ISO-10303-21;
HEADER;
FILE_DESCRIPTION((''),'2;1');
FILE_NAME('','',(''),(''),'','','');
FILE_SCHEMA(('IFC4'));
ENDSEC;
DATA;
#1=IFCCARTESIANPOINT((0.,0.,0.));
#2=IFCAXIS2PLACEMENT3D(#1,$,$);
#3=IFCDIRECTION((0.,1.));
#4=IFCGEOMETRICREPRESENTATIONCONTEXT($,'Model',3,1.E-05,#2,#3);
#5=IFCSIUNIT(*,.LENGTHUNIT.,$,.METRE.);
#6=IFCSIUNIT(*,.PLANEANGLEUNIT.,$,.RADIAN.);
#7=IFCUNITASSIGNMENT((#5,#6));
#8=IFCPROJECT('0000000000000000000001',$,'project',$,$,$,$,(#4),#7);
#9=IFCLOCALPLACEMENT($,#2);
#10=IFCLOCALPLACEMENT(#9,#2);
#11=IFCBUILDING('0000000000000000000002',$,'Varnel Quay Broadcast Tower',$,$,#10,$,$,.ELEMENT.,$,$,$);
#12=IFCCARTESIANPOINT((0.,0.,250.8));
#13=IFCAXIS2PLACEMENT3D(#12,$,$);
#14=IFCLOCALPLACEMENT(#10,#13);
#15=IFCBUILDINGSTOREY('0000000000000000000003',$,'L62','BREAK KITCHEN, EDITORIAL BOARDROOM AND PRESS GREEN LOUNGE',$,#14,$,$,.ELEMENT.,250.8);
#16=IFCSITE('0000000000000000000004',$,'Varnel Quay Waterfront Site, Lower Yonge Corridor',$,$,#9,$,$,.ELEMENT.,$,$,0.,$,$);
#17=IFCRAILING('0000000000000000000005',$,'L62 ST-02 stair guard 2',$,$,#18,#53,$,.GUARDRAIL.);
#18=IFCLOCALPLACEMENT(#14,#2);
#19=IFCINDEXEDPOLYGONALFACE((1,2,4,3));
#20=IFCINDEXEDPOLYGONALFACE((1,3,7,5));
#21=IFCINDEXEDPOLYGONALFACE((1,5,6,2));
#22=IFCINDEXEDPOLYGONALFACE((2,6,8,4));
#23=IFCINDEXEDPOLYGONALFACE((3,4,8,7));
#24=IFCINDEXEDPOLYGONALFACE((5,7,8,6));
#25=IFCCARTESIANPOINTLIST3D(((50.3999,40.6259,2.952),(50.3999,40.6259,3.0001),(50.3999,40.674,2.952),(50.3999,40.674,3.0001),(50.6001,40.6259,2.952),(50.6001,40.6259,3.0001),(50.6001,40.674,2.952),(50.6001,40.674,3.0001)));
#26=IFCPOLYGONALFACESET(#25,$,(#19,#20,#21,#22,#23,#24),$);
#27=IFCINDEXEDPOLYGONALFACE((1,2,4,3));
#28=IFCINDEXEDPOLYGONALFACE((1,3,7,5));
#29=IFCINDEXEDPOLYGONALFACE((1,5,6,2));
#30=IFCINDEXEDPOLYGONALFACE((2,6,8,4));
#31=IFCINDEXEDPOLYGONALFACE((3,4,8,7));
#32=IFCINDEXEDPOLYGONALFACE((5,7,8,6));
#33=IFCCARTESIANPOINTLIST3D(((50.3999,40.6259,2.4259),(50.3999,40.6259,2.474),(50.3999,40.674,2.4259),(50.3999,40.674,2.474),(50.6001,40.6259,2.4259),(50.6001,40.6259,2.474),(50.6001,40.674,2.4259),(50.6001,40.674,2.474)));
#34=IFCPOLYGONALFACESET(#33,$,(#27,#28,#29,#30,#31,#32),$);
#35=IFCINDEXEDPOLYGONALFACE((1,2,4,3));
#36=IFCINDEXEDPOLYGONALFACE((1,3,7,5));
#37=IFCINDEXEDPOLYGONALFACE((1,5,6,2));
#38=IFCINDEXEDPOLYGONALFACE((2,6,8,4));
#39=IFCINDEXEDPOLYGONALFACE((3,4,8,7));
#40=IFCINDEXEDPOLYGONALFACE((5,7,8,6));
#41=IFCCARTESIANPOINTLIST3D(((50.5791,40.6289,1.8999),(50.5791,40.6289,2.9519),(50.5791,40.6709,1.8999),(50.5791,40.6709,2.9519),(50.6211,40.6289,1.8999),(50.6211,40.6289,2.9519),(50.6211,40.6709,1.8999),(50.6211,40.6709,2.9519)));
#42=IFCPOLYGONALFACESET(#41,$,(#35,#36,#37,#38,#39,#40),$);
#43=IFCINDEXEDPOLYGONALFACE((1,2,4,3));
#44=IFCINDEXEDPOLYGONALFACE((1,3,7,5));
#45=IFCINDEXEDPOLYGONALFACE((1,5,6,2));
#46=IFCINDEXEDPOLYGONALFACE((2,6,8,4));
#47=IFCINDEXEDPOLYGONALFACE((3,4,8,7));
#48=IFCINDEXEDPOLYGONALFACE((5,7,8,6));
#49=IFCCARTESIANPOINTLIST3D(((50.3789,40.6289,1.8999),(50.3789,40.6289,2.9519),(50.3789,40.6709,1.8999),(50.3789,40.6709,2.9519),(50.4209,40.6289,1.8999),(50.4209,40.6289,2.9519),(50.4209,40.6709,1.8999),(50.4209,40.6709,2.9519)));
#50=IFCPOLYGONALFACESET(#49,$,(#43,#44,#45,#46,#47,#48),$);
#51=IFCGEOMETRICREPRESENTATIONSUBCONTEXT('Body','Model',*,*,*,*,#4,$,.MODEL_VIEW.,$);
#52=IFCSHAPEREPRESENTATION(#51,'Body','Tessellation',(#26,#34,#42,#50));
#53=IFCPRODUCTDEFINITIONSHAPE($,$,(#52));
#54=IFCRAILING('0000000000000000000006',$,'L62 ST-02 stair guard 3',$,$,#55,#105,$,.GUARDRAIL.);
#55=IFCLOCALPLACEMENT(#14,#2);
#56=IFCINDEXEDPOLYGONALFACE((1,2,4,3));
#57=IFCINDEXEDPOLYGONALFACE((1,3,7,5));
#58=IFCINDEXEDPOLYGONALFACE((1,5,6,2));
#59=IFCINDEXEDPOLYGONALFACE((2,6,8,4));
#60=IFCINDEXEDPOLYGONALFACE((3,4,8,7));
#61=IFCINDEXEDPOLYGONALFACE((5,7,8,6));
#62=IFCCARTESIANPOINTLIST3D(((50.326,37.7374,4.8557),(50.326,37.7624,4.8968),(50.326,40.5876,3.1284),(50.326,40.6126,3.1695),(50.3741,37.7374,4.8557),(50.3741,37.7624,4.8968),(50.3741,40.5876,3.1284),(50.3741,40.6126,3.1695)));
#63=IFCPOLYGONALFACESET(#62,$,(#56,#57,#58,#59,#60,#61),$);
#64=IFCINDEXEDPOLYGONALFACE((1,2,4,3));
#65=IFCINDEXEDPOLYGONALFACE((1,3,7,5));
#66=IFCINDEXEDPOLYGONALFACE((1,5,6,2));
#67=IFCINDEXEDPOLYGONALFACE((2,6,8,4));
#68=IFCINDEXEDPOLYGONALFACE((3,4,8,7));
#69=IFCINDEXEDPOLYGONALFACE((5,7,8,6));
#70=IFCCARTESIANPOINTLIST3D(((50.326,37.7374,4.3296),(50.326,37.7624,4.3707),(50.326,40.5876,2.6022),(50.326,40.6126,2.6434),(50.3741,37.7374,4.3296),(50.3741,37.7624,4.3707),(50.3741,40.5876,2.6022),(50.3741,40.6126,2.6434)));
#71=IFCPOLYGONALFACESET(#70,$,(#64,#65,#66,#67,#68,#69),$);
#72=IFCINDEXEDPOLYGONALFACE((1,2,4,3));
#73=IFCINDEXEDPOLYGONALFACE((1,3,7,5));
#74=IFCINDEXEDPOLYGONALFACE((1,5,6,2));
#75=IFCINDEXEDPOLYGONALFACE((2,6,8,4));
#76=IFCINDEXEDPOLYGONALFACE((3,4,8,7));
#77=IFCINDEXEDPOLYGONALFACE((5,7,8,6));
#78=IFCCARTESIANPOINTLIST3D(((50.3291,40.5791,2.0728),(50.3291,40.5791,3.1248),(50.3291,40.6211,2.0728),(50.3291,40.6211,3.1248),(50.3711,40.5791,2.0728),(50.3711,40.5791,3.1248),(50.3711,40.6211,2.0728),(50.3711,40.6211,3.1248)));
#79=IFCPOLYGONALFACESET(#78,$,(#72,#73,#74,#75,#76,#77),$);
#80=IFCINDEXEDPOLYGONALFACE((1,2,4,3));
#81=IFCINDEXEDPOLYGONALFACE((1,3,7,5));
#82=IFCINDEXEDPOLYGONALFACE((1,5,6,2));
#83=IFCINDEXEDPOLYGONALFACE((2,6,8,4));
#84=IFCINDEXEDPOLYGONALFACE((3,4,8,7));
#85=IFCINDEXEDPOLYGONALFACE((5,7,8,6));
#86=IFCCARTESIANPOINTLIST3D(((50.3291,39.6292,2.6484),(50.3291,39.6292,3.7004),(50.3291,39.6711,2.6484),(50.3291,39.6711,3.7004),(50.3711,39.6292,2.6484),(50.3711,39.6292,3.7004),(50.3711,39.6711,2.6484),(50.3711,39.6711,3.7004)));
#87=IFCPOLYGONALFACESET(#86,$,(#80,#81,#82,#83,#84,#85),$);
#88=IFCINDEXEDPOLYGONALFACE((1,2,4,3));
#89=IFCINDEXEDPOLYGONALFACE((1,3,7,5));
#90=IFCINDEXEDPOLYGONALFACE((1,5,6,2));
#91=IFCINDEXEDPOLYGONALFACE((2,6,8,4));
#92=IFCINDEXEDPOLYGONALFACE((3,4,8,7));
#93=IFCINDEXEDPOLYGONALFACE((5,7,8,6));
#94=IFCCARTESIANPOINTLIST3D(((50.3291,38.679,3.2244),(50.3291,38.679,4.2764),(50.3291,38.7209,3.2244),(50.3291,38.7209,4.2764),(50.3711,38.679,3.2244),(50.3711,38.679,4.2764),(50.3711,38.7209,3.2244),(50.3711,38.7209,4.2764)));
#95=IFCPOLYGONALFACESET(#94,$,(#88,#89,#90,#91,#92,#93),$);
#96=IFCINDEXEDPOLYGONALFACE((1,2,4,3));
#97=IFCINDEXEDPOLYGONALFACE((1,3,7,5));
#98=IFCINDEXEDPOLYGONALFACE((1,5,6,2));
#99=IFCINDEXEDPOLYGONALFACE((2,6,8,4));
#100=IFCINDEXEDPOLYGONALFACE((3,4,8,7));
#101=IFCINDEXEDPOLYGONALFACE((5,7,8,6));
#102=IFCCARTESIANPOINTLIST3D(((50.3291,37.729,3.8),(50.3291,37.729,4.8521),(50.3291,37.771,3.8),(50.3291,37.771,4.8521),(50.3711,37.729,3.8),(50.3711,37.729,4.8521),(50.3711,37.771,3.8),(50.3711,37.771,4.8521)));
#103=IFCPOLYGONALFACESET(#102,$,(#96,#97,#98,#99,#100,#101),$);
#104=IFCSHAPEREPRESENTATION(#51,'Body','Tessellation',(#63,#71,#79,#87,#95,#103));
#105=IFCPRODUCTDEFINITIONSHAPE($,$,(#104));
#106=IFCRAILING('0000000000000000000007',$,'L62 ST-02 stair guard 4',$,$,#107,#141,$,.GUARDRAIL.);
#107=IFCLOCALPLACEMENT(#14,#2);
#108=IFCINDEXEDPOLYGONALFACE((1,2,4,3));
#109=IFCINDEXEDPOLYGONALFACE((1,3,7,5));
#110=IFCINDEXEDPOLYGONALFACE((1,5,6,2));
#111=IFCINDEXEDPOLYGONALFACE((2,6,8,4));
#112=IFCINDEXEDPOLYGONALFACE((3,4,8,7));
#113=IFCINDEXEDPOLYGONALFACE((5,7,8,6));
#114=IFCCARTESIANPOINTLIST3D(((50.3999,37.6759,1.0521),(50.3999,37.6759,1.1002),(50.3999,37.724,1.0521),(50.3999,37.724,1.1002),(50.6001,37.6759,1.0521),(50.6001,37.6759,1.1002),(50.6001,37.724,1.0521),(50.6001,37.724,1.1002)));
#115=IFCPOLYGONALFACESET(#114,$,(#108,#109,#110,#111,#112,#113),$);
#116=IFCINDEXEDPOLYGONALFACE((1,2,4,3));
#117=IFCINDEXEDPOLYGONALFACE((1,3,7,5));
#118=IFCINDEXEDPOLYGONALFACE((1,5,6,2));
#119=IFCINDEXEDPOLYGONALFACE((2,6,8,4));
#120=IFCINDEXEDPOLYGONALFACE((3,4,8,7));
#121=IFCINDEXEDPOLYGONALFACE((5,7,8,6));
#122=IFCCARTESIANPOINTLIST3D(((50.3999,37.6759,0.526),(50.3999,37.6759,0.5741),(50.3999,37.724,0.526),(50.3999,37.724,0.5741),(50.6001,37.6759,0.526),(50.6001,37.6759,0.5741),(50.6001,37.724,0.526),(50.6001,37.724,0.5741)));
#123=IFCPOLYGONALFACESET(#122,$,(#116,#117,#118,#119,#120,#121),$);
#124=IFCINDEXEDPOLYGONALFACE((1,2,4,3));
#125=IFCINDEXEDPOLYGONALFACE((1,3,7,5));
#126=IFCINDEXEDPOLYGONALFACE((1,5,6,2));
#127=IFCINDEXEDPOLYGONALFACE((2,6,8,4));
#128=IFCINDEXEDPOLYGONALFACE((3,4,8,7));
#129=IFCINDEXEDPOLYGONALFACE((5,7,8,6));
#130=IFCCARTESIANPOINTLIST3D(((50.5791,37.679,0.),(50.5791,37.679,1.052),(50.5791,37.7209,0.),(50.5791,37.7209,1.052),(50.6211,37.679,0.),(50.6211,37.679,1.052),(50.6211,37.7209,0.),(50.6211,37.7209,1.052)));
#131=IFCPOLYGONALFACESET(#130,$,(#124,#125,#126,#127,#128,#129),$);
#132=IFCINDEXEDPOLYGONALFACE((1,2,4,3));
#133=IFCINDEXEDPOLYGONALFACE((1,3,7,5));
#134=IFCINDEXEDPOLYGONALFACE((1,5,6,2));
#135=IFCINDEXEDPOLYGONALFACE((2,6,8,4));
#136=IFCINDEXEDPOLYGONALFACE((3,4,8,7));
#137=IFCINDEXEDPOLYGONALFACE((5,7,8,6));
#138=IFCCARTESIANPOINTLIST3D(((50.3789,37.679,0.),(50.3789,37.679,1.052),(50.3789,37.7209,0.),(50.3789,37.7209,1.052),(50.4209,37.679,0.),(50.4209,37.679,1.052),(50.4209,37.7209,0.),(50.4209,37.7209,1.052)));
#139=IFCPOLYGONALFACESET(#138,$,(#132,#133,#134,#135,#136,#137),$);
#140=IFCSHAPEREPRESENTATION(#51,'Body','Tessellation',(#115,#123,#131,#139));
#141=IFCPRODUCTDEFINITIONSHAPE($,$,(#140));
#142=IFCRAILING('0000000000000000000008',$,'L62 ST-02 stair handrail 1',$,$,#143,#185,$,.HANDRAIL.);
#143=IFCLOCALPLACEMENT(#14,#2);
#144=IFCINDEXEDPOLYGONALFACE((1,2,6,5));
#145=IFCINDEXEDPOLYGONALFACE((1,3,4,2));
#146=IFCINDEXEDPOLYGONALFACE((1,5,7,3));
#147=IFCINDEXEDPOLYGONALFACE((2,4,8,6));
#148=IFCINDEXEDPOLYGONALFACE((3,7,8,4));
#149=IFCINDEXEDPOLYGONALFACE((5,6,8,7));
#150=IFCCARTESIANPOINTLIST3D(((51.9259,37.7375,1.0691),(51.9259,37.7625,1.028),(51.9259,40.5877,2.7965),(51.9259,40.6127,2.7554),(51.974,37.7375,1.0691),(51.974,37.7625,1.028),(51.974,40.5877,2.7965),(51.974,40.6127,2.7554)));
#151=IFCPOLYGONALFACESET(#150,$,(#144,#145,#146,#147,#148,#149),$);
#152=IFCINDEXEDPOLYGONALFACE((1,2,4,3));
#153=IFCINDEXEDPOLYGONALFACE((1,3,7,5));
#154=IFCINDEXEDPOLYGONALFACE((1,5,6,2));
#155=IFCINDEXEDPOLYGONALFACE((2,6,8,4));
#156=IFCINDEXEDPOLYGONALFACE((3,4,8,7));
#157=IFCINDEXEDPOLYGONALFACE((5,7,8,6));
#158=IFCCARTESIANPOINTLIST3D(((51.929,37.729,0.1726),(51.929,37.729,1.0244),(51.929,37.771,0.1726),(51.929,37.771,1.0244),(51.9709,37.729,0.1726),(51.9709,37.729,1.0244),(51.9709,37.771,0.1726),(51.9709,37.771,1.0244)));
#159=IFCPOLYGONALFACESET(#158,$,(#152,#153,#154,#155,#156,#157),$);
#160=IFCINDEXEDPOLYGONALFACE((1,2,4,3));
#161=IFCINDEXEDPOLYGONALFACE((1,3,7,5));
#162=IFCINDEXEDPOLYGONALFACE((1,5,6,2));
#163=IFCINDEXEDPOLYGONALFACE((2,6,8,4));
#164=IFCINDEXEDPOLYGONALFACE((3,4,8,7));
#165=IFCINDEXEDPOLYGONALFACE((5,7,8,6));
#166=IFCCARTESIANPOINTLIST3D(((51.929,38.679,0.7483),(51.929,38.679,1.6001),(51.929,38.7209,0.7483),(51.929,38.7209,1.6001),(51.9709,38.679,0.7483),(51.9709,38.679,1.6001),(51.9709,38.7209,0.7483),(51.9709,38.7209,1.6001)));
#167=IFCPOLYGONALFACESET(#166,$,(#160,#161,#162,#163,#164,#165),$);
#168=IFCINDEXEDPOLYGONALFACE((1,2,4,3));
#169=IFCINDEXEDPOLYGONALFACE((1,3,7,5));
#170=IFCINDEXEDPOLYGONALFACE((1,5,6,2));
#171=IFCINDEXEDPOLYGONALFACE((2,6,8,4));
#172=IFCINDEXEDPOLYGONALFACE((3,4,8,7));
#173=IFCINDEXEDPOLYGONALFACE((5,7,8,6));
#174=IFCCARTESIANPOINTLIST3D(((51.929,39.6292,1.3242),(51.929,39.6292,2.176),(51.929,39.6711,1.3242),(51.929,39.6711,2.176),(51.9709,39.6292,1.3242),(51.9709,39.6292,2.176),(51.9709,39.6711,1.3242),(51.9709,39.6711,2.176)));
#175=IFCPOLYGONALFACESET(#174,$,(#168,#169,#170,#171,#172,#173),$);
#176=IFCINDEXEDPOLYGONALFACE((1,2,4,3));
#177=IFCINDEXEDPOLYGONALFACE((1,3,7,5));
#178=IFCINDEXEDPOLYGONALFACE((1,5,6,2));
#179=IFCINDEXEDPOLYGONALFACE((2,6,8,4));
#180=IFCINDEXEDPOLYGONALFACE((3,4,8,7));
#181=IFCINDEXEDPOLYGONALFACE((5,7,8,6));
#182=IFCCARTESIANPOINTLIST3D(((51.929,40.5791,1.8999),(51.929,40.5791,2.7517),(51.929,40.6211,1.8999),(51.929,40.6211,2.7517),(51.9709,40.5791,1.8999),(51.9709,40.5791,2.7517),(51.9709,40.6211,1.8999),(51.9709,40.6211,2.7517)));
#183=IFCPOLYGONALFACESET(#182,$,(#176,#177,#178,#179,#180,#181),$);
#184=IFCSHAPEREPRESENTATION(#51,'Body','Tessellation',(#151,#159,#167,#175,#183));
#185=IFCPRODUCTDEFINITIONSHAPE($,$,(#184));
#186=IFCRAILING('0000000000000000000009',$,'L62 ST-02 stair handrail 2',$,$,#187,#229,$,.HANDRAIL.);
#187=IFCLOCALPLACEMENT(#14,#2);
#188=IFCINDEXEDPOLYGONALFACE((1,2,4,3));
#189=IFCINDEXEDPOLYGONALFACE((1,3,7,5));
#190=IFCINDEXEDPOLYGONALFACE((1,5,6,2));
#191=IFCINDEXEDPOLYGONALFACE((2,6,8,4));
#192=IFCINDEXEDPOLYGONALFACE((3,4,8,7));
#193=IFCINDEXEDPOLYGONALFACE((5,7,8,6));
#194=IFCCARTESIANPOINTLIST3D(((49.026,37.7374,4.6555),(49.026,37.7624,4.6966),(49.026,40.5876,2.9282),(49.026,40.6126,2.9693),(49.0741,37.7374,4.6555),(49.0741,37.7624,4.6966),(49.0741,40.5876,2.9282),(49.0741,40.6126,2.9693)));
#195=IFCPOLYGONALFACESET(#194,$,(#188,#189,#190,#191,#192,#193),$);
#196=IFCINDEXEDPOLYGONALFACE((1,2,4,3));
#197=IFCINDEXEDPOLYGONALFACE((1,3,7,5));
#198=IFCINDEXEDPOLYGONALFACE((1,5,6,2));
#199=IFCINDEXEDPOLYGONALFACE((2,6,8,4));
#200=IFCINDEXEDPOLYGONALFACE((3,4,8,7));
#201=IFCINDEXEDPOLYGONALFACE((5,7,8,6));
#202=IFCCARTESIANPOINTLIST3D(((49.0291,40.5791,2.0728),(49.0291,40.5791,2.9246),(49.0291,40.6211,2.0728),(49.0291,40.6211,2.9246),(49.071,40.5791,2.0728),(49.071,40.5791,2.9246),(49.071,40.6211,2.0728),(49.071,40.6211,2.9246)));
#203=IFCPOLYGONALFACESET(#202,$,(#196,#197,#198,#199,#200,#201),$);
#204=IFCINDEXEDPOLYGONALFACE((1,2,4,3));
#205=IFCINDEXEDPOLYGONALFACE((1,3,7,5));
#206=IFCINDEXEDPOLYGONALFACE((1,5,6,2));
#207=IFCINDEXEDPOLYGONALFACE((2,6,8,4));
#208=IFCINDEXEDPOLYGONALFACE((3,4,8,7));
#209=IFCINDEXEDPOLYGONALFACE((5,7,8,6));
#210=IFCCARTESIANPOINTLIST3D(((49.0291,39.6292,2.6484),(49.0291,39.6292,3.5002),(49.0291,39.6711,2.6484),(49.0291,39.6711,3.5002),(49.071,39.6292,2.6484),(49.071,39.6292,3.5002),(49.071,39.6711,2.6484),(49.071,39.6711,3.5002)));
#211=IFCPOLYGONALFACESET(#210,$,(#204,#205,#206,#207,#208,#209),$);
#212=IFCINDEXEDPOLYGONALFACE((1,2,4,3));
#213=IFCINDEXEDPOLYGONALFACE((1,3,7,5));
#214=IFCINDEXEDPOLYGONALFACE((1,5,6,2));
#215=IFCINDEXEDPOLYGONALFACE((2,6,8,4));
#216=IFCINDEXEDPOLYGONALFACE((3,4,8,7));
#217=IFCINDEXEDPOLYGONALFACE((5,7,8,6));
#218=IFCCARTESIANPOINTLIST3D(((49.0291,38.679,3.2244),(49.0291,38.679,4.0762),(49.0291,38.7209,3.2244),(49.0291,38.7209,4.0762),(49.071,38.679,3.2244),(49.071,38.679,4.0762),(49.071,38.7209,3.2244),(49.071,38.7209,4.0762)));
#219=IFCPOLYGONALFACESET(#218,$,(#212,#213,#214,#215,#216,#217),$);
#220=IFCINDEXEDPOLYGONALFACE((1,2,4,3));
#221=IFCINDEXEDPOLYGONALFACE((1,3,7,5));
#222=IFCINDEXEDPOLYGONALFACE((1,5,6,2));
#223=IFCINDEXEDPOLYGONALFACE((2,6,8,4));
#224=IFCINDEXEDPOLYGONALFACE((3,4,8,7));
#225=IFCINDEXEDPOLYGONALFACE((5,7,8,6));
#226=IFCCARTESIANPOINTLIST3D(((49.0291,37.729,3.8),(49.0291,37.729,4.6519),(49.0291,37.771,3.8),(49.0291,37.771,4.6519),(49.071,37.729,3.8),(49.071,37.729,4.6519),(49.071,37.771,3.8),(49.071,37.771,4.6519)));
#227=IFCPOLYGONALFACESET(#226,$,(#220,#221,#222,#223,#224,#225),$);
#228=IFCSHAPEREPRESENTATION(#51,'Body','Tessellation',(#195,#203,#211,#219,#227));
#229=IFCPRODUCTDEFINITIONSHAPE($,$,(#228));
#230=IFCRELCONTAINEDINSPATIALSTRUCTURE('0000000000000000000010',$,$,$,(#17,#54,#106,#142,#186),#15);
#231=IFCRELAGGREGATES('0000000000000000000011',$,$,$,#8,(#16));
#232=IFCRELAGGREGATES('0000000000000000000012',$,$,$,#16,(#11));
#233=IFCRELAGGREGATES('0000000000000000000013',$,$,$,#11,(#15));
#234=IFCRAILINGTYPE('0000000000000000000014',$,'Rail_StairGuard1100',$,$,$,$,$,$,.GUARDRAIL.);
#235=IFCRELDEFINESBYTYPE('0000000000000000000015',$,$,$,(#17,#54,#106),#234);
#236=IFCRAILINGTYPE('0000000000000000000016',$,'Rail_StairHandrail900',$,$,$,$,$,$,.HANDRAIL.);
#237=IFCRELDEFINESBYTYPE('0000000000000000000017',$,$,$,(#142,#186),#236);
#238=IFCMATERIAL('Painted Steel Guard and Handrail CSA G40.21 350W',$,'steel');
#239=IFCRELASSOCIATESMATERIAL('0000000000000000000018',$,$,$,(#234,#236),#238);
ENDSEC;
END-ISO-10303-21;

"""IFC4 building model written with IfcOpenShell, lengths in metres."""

from ifc_helpers import new_model, si_unit, direction, frame, origin, origin_2d, place, context, subcontext, project, spatial, rectangle, extrude, material, type_object, element, save


model = new_model("IFC4")

# Units and contexts
model_context = context("Model", 3, precision=1e-05, world=origin(), true_north=direction((0.0, 1.0)))
body_context = subcontext(model_context, "Body", "Model", "MODEL_VIEW")
ifc_project = project(units=[si_unit("LENGTHUNIT", "METRE"), si_unit("PLANEANGLEUNIT", "RADIAN")], contexts=[model_context])

# Site, building, storey
site_placement = place(None, origin())
site = spatial("IfcSite", under=ifc_project, at=site_placement, Name="Varnel Quay Waterfront Site, Lower Yonge Corridor", CompositionType="ELEMENT", RefElevation=0.0)
building_placement = place(site_placement, origin())
building = spatial("IfcBuilding", under=site, at=building_placement, Name="Varnel Quay Broadcast Tower", CompositionType="ELEMENT")
storey_placement = place(building_placement, frame((0.0, 0.0, 250.8)))
storey = spatial("IfcBuildingStorey", under=building, at=storey_placement, Name="L62", Description="BREAK KITCHEN, EDITORIAL BOARDROOM AND PRESS GREEN LOUNGE", CompositionType="ELEMENT", Elevation=250.8)

# Railings
ifc_material_1 = material(Name="Painted Steel Guard and Handrail CSA G40.21 350W", Category="steel")
railing_type_1 = type_object("IfcRailingType", Name="Rail_StairGuard1100", PredefinedType="GUARDRAIL", material=ifc_material_1)
railing_1_placement = place(storey_placement, frame((50.6001, 40.6499, 1.8999)))
element("IfcRailing", 1, at=railing_1_placement, inside=storey, type_object=railing_type_1, Name="L62 ST-02 stair guard 2", PredefinedType="GUARDRAIL", context=body_context, shape_type="SweptSolid", body=[
    extrude(rectangle(XDim=0.0481, YDim=0.0481, at=origin_2d()), frame((0.0, 0.0, 1.0762), z_axis=(-1.0, 0.0, 0.0), x_axis=(0.0, -1.0, 0.0)), (0.0, 0.0, 1.0), 0.2002),
    extrude(rectangle(XDim=0.0481, YDim=0.0481, at=origin_2d()), frame((0.0, 0.0, 0.55), z_axis=(-1.0, 0.0, 0.0), x_axis=(0.0, -1.0, 0.0)), (0.0, 0.0, 1.0), 0.2002),
    extrude(rectangle(XDim=0.042, YDim=0.042, at=origin_2d()), origin(), (0.0, 0.0, 1.0), 1.052),
    extrude(rectangle(XDim=0.042, YDim=0.042, at=origin_2d()), frame((-0.2002, 0.0, 0.0)), (0.0, 0.0, 1.0), 1.052),
])
railing_2_placement = place(storey_placement, frame((50.3501, 40.6001, 2.0728)))
element("IfcRailing", 2, at=railing_2_placement, inside=storey, type_object=railing_type_1, Name="L62 ST-02 stair guard 3", PredefinedType="GUARDRAIL", context=body_context, shape_type="SweptSolid", body=[
    extrude(rectangle(XDim=0.0481, YDim=0.0481, at=origin_2d()), frame((0.0, 0.0, 1.0762), z_axis=(0.0, -0.855203, 0.518294), x_axis=(1.0, 0.0, 0.0)), (0.0, 0.0, 1.0), 3.3328),
    extrude(rectangle(XDim=0.0481, YDim=0.0481, at=origin_2d()), frame((0.0, 0.0, 0.55), z_axis=(0.0, -0.855203, 0.518294), x_axis=(1.0, 0.0, 0.0)), (0.0, 0.0, 1.0), 3.3328),
    extrude(rectangle(XDim=0.042, YDim=0.042, at=origin_2d()), origin(), (0.0, 0.0, 1.0), 1.052),
    extrude(rectangle(XDim=0.042, YDim=0.042, at=origin_2d()), frame((0.0, -0.95, 0.5757)), (0.0, 0.0, 1.0), 1.052),
    extrude(rectangle(XDim=0.042, YDim=0.042, at=origin_2d()), frame((0.0, -1.9001, 1.1516)), (0.0, 0.0, 1.0), 1.052),
    extrude(rectangle(XDim=0.042, YDim=0.042, at=origin_2d()), frame((0.0, -2.8501, 1.7273)), (0.0, 0.0, 1.0), 1.052),
])
railing_3_placement = place(storey_placement, frame((50.6001, 37.7, 0.0)))
element("IfcRailing", 3, at=railing_3_placement, inside=storey, type_object=railing_type_1, Name="L62 ST-02 stair guard 4", PredefinedType="GUARDRAIL", context=body_context, shape_type="SweptSolid", body=[
    extrude(rectangle(XDim=0.0481, YDim=0.0481, at=origin_2d()), frame((0.0, 0.0, 1.0762), z_axis=(-1.0, 0.0, 0.0), x_axis=(0.0, -1.0, 0.0)), (0.0, 0.0, 1.0), 0.2002),
    extrude(rectangle(XDim=0.0481, YDim=0.0481, at=origin_2d()), frame((0.0, 0.0, 0.55), z_axis=(-1.0, 0.0, 0.0), x_axis=(0.0, -1.0, 0.0)), (0.0, 0.0, 1.0), 0.2002),
    extrude(rectangle(XDim=0.042, YDim=0.042, at=origin_2d()), origin(), (0.0, 0.0, 1.0), 1.052),
    extrude(rectangle(XDim=0.042, YDim=0.042, at=origin_2d()), frame((-0.2002, 0.0, 0.0)), (0.0, 0.0, 1.0), 1.052),
])
railing_type_2 = type_object("IfcRailingType", Name="Rail_StairHandrail900", PredefinedType="HANDRAIL", material=ifc_material_1)
railing_4_placement = place(storey_placement, frame((51.95, 37.75, 0.1726)))
element("IfcRailing", 4, at=railing_4_placement, inside=storey, type_object=railing_type_2, Name="L62 ST-02 stair handrail 1", PredefinedType="HANDRAIL", context=body_context, shape_type="SweptSolid", body=[
    extrude(rectangle(XDim=0.0481, YDim=0.0481, at=origin_2d()), frame((0.0, 0.0, 0.876), z_axis=(0.0, 0.855203, 0.518294), x_axis=(-1.0, 0.0, 0.0)), (0.0, 0.0, 1.0), 3.3328),
    extrude(rectangle(XDim=0.042, YDim=0.042, at=origin_2d()), origin(), (0.0, 0.0, 1.0), 0.8518),
    extrude(rectangle(XDim=0.042, YDim=0.042, at=origin_2d()), frame((0.0, 0.95, 0.5757)), (0.0, 0.0, 1.0), 0.8518),
    extrude(rectangle(XDim=0.042, YDim=0.042, at=origin_2d()), frame((0.0, 1.9001, 1.1516)), (0.0, 0.0, 1.0), 0.8518),
    extrude(rectangle(XDim=0.042, YDim=0.042, at=origin_2d()), frame((0.0, 2.8501, 1.7273)), (0.0, 0.0, 1.0), 0.8518),
])
railing_5_placement = place(storey_placement, frame((49.05, 40.6001, 2.0728)))
element("IfcRailing", 5, at=railing_5_placement, inside=storey, type_object=railing_type_2, Name="L62 ST-02 stair handrail 2", PredefinedType="HANDRAIL", context=body_context, shape_type="SweptSolid", body=[
    extrude(rectangle(XDim=0.0481, YDim=0.0481, at=origin_2d()), frame((0.0, 0.0, 0.876), z_axis=(0.0, -0.855203, 0.518294), x_axis=(1.0, 0.0, 0.0)), (0.0, 0.0, 1.0), 3.3328),
    extrude(rectangle(XDim=0.042, YDim=0.042, at=origin_2d()), origin(), (0.0, 0.0, 1.0), 0.8518),
    extrude(rectangle(XDim=0.042, YDim=0.042, at=origin_2d()), frame((0.0, -0.95, 0.5757)), (0.0, 0.0, 1.0), 0.8518),
    extrude(rectangle(XDim=0.042, YDim=0.042, at=origin_2d()), frame((0.0, -1.9001, 1.1516)), (0.0, 0.0, 1.0), 0.8518),
    extrude(rectangle(XDim=0.042, YDim=0.042, at=origin_2d()), frame((0.0, -2.8501, 1.7273)), (0.0, 0.0, 1.0), 0.8518),
])

save(model, "model.ifc")
